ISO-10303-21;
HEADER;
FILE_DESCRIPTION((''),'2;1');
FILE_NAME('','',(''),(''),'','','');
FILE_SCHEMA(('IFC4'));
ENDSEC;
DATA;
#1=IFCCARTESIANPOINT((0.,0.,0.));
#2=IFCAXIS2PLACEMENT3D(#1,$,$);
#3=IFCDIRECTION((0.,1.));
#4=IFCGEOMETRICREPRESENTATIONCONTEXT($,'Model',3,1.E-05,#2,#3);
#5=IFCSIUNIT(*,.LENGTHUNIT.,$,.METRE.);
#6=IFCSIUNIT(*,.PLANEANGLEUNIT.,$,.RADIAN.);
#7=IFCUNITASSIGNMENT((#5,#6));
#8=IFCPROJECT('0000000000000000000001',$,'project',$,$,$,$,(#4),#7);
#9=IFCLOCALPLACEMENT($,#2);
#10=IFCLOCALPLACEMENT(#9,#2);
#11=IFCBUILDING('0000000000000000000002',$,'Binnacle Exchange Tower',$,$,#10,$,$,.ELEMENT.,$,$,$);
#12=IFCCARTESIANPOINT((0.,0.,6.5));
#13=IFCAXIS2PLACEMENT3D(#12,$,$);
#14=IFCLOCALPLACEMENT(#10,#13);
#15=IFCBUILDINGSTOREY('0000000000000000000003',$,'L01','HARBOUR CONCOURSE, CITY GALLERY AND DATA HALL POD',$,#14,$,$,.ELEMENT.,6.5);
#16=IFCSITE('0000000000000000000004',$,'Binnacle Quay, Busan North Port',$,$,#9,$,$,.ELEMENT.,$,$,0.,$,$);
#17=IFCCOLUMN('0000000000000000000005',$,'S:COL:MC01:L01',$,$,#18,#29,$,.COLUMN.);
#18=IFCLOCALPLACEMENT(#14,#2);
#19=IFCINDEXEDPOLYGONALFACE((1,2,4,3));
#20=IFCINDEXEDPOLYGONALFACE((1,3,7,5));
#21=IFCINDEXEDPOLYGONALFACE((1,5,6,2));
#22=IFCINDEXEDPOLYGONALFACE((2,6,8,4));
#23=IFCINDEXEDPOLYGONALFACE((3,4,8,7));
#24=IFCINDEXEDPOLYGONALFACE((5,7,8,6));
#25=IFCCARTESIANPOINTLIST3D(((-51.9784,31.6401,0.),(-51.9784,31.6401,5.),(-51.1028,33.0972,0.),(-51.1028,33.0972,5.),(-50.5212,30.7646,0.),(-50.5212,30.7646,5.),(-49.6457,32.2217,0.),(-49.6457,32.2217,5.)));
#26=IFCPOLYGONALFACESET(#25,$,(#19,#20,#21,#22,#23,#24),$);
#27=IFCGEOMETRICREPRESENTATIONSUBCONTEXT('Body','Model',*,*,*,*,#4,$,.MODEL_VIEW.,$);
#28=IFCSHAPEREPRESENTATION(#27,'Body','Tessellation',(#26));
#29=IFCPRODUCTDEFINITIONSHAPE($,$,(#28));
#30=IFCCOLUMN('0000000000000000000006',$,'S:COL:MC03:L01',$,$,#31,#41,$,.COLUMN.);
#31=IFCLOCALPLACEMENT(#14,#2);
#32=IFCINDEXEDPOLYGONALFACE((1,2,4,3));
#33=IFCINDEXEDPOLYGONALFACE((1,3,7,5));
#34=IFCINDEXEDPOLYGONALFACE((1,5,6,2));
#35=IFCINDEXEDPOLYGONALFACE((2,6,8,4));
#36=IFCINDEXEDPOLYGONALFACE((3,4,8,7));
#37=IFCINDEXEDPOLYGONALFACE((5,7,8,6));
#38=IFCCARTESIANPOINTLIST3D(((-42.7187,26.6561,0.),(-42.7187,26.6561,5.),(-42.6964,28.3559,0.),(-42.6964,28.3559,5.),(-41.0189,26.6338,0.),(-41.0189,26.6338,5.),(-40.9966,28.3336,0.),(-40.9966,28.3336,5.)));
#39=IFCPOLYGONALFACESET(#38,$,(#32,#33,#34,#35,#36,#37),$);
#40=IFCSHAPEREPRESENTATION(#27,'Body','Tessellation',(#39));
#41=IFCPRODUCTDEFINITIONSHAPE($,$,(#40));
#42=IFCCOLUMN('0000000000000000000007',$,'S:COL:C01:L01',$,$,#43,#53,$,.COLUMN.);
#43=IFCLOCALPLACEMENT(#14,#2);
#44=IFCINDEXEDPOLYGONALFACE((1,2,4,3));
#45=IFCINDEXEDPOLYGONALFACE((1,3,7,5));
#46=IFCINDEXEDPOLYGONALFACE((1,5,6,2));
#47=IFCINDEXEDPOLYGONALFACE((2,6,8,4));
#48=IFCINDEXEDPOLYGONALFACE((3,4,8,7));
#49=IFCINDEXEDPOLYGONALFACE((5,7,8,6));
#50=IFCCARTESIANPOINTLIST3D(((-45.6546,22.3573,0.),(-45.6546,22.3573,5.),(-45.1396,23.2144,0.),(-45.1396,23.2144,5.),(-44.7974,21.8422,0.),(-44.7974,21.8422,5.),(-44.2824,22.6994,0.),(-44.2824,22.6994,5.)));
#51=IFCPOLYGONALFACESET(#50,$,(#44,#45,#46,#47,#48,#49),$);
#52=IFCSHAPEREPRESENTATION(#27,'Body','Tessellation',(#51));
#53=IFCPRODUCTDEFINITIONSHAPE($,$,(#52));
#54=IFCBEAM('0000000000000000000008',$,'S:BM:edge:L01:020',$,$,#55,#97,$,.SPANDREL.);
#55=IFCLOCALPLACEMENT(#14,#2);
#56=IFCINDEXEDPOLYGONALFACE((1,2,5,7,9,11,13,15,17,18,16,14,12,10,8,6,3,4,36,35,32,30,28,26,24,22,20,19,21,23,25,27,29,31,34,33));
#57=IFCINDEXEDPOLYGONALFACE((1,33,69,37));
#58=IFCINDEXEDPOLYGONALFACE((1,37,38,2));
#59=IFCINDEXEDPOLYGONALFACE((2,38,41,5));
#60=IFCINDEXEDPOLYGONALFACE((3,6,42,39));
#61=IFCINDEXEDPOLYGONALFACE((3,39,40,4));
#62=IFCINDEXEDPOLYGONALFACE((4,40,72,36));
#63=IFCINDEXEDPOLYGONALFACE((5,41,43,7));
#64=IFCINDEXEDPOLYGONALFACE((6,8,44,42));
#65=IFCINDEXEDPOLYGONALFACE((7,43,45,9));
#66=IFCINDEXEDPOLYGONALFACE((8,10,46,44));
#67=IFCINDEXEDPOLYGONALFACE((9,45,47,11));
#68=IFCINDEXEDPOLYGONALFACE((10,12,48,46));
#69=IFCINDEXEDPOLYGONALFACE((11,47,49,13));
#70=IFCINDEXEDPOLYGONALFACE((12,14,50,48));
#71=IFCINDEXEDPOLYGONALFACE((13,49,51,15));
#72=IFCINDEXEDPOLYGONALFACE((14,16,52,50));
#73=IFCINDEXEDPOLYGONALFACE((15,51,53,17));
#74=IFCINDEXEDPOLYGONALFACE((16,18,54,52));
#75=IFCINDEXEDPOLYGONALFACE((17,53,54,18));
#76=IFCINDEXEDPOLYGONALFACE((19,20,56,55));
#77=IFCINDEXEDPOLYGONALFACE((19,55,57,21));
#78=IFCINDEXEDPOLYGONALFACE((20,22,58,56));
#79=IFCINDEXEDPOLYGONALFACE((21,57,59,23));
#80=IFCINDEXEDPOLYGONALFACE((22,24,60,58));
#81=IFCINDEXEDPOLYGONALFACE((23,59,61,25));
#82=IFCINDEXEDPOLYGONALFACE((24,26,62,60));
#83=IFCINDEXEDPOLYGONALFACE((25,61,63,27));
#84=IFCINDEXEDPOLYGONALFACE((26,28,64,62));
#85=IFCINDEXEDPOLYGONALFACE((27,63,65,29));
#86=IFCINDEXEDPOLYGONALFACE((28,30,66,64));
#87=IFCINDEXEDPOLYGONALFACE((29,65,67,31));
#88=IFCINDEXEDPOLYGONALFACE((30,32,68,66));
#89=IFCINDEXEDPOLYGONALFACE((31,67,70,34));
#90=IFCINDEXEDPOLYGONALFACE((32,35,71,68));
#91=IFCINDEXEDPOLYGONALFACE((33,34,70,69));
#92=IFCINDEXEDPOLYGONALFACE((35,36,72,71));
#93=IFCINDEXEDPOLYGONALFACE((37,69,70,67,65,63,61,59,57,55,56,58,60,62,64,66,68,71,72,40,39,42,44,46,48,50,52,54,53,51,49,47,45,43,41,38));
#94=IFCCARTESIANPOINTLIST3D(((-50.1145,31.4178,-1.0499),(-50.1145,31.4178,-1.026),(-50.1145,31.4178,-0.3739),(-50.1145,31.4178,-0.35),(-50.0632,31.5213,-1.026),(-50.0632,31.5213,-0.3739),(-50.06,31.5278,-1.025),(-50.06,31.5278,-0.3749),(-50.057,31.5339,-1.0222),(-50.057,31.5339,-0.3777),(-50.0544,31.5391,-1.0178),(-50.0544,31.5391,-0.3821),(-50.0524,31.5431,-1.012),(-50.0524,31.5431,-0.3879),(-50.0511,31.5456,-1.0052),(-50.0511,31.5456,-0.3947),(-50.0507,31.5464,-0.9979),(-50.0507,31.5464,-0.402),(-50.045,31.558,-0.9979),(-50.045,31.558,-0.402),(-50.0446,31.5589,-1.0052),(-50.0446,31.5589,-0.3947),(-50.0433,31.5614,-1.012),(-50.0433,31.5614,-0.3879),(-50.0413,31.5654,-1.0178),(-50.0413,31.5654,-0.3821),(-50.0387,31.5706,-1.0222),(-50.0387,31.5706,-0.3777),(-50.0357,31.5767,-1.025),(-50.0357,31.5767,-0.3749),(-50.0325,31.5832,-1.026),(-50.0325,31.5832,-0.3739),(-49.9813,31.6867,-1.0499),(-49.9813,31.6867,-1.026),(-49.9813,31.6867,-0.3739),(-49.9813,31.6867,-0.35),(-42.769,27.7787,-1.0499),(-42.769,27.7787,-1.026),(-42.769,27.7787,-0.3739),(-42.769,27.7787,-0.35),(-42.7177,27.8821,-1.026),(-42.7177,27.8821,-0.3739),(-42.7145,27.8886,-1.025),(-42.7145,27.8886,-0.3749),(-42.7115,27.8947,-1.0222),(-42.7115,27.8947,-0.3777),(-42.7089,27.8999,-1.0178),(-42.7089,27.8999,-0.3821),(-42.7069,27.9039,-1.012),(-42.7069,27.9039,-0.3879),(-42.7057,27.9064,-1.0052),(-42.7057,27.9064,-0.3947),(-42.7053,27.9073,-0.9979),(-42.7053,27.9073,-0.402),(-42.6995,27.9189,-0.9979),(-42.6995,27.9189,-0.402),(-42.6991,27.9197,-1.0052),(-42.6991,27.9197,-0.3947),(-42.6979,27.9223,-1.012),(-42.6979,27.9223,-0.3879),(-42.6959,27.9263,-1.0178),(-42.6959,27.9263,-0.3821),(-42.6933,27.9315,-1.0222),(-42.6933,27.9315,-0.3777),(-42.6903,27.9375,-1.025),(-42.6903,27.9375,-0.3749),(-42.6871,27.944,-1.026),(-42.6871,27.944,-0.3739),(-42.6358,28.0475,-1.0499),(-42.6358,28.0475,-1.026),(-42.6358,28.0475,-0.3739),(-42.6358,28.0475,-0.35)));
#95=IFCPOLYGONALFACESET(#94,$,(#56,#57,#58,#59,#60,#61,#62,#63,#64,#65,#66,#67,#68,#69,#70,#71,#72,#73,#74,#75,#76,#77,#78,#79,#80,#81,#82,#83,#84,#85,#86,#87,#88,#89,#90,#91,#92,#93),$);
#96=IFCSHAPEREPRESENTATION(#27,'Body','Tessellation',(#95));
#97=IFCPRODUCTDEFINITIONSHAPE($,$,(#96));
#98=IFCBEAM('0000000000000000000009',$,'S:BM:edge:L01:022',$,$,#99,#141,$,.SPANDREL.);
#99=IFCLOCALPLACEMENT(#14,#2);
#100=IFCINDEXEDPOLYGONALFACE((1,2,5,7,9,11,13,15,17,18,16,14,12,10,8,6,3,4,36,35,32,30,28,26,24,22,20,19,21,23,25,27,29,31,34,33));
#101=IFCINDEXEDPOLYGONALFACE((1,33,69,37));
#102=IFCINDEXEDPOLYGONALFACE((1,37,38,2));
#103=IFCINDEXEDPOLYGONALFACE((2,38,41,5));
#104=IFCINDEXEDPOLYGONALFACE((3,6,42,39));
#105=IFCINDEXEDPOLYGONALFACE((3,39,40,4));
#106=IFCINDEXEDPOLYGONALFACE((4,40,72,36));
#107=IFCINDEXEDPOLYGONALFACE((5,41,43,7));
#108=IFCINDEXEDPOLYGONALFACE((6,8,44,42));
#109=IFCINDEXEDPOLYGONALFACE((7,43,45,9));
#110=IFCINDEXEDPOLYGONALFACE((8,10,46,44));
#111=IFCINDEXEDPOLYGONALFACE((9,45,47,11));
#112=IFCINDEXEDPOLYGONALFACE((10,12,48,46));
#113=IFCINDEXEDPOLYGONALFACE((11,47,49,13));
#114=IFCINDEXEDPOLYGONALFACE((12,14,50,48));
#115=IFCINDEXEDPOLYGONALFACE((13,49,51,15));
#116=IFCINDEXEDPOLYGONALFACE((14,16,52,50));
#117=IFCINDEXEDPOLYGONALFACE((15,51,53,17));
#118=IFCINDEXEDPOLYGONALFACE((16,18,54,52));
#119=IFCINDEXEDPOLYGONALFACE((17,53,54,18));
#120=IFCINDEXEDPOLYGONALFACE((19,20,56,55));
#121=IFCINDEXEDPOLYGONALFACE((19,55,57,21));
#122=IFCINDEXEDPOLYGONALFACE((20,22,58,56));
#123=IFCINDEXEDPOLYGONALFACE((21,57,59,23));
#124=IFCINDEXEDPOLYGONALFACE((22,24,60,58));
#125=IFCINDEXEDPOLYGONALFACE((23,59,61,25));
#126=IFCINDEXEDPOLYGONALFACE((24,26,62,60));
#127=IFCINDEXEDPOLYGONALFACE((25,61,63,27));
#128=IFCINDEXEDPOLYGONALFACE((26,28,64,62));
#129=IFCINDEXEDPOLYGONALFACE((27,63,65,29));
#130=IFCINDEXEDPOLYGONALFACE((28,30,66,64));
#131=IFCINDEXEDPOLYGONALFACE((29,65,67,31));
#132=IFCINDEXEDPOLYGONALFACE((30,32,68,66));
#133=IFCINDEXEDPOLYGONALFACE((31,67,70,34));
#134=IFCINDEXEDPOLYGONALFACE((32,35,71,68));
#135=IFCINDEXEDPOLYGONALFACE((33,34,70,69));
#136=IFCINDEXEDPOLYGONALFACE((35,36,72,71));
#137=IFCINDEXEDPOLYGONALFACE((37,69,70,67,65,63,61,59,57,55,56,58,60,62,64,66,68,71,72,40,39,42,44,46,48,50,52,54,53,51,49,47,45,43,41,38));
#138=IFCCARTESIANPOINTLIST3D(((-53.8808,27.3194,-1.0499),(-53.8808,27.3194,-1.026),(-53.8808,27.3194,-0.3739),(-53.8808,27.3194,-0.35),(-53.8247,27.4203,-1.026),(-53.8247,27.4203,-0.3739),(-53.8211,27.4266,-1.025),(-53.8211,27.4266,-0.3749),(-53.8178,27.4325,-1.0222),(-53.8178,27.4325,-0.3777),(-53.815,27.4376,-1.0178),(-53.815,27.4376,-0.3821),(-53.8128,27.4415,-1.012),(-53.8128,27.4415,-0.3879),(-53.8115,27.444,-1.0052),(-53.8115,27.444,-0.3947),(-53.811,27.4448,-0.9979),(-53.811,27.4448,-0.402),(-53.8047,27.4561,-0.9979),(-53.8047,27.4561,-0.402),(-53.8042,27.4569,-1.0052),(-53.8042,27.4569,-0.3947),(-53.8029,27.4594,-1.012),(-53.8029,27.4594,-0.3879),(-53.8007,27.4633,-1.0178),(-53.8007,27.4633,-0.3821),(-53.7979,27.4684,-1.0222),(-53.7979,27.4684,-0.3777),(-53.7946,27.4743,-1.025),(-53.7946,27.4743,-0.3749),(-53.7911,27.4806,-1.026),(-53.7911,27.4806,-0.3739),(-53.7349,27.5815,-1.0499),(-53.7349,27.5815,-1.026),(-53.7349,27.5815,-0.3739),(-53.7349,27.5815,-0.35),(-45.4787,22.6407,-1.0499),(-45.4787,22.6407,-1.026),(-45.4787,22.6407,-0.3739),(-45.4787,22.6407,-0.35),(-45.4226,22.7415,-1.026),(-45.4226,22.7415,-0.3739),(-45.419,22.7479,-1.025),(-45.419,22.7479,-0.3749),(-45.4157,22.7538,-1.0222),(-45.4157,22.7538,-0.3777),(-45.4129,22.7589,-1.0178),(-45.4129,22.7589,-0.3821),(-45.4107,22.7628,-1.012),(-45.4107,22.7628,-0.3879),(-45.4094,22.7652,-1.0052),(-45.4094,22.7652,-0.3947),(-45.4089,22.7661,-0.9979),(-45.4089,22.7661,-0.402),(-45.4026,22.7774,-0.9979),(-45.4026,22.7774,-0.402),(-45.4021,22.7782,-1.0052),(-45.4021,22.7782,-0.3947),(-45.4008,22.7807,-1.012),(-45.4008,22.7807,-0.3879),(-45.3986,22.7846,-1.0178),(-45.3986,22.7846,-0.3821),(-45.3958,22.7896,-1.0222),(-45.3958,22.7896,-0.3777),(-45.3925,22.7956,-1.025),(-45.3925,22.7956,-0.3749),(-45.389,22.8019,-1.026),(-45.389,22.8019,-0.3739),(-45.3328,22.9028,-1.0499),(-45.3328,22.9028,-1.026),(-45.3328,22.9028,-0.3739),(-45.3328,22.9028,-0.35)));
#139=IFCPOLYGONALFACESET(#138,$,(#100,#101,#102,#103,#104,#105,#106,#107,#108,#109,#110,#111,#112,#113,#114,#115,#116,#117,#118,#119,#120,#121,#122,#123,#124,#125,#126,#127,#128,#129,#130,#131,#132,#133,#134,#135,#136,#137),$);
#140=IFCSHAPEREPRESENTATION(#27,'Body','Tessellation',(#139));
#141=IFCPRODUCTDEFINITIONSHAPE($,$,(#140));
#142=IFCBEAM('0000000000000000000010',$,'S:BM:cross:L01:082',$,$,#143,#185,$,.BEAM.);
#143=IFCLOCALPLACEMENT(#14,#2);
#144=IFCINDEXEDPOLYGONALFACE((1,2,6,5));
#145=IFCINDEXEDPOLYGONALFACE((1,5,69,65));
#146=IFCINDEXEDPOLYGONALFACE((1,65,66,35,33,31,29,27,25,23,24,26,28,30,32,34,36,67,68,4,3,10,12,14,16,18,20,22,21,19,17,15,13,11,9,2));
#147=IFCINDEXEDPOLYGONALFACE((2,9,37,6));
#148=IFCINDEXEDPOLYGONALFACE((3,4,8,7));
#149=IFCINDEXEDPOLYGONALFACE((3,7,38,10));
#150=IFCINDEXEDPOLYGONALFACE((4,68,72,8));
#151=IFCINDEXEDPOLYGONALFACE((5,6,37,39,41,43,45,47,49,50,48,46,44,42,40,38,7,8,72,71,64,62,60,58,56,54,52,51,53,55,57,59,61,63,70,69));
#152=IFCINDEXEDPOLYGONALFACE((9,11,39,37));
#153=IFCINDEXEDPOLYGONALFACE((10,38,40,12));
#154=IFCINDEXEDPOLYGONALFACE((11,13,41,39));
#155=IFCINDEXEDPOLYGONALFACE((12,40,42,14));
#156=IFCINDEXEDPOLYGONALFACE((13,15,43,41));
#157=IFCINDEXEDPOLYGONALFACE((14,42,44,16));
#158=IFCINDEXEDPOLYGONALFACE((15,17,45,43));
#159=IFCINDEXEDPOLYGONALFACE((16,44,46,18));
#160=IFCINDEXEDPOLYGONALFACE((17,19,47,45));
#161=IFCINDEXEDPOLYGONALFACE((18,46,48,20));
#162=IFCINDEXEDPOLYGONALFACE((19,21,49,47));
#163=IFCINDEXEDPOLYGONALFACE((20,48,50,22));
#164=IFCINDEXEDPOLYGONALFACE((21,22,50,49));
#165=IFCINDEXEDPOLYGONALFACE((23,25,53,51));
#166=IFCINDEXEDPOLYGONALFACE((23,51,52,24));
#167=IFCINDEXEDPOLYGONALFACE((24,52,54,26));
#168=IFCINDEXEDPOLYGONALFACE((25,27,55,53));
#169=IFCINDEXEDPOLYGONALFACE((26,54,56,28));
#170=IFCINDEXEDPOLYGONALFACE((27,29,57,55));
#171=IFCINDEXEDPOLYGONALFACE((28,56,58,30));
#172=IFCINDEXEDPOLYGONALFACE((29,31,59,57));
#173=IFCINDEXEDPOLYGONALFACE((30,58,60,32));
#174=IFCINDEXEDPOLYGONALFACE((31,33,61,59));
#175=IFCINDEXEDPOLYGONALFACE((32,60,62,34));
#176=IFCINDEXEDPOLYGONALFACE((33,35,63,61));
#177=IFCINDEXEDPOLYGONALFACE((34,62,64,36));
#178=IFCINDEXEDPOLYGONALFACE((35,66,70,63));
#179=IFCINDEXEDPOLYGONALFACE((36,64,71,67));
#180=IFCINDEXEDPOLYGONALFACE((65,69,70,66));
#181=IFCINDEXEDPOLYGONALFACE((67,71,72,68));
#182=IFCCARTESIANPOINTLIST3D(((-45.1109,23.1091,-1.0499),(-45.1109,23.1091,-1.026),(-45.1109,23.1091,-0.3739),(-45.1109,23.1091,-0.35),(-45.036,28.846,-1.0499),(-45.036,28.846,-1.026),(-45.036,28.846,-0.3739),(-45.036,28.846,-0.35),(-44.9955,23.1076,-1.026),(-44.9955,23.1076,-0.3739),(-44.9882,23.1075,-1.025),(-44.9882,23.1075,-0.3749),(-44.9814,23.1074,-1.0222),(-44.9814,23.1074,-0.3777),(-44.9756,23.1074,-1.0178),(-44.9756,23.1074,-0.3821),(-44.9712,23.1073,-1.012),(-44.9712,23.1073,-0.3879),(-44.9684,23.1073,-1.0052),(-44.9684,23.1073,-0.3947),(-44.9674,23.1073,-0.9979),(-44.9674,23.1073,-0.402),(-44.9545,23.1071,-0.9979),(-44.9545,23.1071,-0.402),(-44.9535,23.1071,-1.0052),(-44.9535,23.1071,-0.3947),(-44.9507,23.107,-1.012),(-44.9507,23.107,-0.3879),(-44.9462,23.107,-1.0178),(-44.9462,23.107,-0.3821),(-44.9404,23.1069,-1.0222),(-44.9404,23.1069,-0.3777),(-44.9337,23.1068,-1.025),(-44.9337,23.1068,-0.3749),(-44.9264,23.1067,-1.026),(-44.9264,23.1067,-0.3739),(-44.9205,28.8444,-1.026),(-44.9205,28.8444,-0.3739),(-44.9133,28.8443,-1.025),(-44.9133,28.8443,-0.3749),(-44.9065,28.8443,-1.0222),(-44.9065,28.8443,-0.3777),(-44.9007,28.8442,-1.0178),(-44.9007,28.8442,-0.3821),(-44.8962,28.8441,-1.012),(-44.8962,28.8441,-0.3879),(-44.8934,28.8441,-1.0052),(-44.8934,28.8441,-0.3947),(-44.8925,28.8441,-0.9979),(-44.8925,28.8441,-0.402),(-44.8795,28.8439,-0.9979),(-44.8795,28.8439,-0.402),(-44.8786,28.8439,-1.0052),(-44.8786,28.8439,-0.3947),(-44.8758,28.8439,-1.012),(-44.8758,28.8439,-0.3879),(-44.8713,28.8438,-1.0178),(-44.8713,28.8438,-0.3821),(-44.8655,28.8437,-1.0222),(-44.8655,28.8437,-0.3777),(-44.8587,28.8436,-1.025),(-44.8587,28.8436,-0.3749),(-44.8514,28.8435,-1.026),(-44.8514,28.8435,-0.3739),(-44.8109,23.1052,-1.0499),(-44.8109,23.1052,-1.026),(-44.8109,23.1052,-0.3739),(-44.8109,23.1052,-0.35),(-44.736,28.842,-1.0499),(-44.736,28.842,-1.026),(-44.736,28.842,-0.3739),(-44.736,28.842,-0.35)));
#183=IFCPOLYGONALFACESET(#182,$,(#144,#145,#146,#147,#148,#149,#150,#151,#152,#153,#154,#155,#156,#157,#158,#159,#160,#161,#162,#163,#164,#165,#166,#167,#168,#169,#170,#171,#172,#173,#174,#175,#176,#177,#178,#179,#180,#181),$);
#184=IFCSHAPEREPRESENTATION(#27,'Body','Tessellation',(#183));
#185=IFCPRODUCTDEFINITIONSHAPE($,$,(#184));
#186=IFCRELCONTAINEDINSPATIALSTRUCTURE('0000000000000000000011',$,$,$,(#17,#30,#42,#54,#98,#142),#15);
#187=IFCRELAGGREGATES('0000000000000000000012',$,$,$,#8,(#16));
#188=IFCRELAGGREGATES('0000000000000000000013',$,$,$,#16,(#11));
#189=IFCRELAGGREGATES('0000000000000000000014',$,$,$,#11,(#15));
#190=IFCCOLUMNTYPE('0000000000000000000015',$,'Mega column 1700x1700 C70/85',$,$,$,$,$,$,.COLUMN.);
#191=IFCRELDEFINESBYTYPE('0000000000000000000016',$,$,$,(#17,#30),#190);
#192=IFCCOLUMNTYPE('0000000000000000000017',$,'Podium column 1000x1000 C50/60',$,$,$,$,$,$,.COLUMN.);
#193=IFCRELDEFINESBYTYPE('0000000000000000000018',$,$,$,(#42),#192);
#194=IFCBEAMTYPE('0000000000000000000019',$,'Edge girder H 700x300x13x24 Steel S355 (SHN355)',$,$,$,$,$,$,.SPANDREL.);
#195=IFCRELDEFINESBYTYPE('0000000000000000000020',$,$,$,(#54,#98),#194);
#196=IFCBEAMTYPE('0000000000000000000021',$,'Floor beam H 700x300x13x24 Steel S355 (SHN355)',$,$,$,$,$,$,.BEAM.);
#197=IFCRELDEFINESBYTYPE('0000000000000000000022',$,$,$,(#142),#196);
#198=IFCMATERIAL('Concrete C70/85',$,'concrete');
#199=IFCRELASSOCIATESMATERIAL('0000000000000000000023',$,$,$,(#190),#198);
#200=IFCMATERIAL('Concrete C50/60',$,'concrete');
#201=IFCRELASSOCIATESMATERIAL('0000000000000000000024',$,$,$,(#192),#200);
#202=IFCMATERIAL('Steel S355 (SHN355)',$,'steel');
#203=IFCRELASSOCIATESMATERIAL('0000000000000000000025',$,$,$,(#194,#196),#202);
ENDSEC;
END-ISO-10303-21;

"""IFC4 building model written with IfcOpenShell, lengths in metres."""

from ifc_helpers import new_model, si_unit, direction, frame, origin, origin_2d, place, context, subcontext, project, spatial, rectangle, i_section, extrude, material, material_profile, profile_set, type_object, element, save


model = new_model("IFC4")

# Units and contexts
model_context = context("Model", 3, precision=1e-05, world=origin(), true_north=direction((0.0, 1.0)))
body_context = subcontext(model_context, "Body", "Model", "MODEL_VIEW")
ifc_project = project(units=[si_unit("LENGTHUNIT", "METRE"), si_unit("PLANEANGLEUNIT", "RADIAN")], contexts=[model_context])

# Site, building, storey
site_placement = place(None, origin())
site = spatial("IfcSite", under=ifc_project, at=site_placement, Name="Binnacle Quay, Busan North Port", CompositionType="ELEMENT", RefElevation=0.0)
building_placement = place(site_placement, origin())
building = spatial("IfcBuilding", under=site, at=building_placement, Name="Binnacle Exchange Tower", CompositionType="ELEMENT")
storey_placement = place(building_placement, frame((0.0, 0.0, 6.5)))
storey = spatial("IfcBuildingStorey", under=building, at=storey_placement, Name="L01", Description="HARBOUR CONCOURSE, CITY GALLERY AND DATA HALL POD", CompositionType="ELEMENT", Elevation=6.5)

# Columns
ifc_material_1 = material(Name="Concrete C70/85", Category="concrete")
ifc_material_profile_1 = material_profile(ifc_material_1, rectangle(XDim=1.7, YDim=1.7, at=origin_2d()), Name="Mega column 1700x1700 C70/85")
ifc_profile_set_1 = profile_set([ifc_material_profile_1], Name="Concrete C70/85")
column_type_1 = type_object("IfcColumnType", Name="Mega column 1700x1700 C70/85", PredefinedType="COLUMN", material=ifc_profile_set_1)
for number, where, z_axis, x_axis, name in (
    (1, (-50.812, 31.9309, 0.0), (0.0, 0.0, 1.0), (0.857167, -0.515038, 0.0), "S:COL:MC01:L01"),
    (2, (-41.8577, 27.4949, 0.0), (0.0, 0.0, 1.0), (0.999914, -0.01309, 0.0), "S:COL:MC03:L01"),
):
    element("IfcColumn", number, at=place(storey_placement, frame(where, z_axis=z_axis, x_axis=x_axis)), inside=storey, type_object=column_type_1, Name=name, PredefinedType="COLUMN", context=body_context, shape_type="SweptSolid", body=[
        extrude(rectangle(XDim=1.7, YDim=1.7, at=origin_2d()), origin(), (0.0, 0.0, 1.0), 5.0),
    ])
ifc_material_2 = material(Name="Concrete C50/60", Category="concrete")
ifc_material_profile_2 = material_profile(ifc_material_2, rectangle(XDim=1.0, YDim=1.0, at=origin_2d()), Name="Podium column 1000x1000 C50/60")
ifc_profile_set_2 = profile_set([ifc_material_profile_2], Name="Concrete C50/60")
column_type_2 = type_object("IfcColumnType", Name="Podium column 1000x1000 C50/60", PredefinedType="COLUMN", material=ifc_profile_set_2)
column_placement = place(storey_placement, frame((-44.9685, 22.5283, 0.0), z_axis=(0.0, 0.0, 1.0), x_axis=(0.857167, -0.515038, 0.0)))
element("IfcColumn", 3, at=column_placement, inside=storey, type_object=column_type_2, Name="S:COL:C01:L01", PredefinedType="COLUMN", context=body_context, shape_type="SweptSolid", body=[
    extrude(rectangle(XDim=1.0, YDim=1.0, at=origin_2d()), origin(), (0.0, 0.0, 1.0), 5.0),
])

# Beams
ifc_material_3 = material(Name="Steel S355 (SHN355)", Category="steel")
ifc_material_profile_3 = material_profile(ifc_material_3, i_section(OverallWidth=0.3, OverallDepth=0.7, WebThickness=0.0129, FlangeThickness=0.0239, FilletRadius=0.0281, at=origin_2d()), Name="H 700x300x13x24")
ifc_profile_set_3 = profile_set([ifc_material_profile_3], Name="Steel S355 (SHN355)")
beam_type_1 = type_object("IfcBeamType", Name="Edge girder H 700x300x13x24 Steel S355 (SHN355)", PredefinedType="SPANDREL", material=ifc_profile_set_3)
beam_1_placement = place(storey_placement, frame((-50.0479, 31.5522, -0.7), z_axis=(0.896059, -0.443935, 0.0), x_axis=(0.443935, 0.896059, 0.0)))
element("IfcBeam", 4, at=beam_1_placement, inside=storey, type_object=beam_type_1, Name="S:BM:edge:L01:020", PredefinedType="SPANDREL", context=body_context, shape_type="SweptSolid", body=[
    extrude(i_section(OverallWidth=0.3, OverallDepth=0.7, WebThickness=0.0129, FlangeThickness=0.0239, FilletRadius=0.0281, at=origin_2d()), origin(), (0.0, 0.0, 1.0), 8.1975),
])
beam_2_placement = place(storey_placement, frame((-45.4058, 22.7717, -0.7), z_axis=(-0.873677, 0.486507, 0.0), x_axis=(-0.486507, -0.873677, 0.0)))
element("IfcBeam", 5, at=beam_2_placement, inside=storey, type_object=beam_type_1, Name="S:BM:edge:L01:022", PredefinedType="SPANDREL", context=body_context, shape_type="SweptSolid", body=[
    extrude(i_section(OverallWidth=0.3, OverallDepth=0.7, WebThickness=0.0129, FlangeThickness=0.0239, FilletRadius=0.0281, at=origin_2d()), origin(), (0.0, 0.0, 1.0), 9.6169),
])
ifc_material_profile_4 = material_profile(ifc_material_3, i_section(OverallWidth=0.3, OverallDepth=0.7, WebThickness=0.0129, FlangeThickness=0.0239, FilletRadius=0.0281, at=origin_2d()), Name="H 700x300x13x24")
ifc_profile_set_4 = profile_set([ifc_material_profile_4], Name="Steel S355 (SHN355)")
beam_type_2 = type_object("IfcBeamType", Name="Floor beam H 700x300x13x24 Steel S355 (SHN355)", PredefinedType="BEAM", material=ifc_profile_set_4)
beam_3_placement = place(storey_placement, frame((-44.9609, 23.1072, -0.7), z_axis=(0.013064, 0.999915, 0.0), x_axis=(-0.999915, 0.013064, 0.0)))
element("IfcBeam", 6, at=beam_3_placement, inside=storey, type_object=beam_type_2, Name="S:BM:cross:L01:082", PredefinedType="BEAM", context=body_context, shape_type="SweptSolid", body=[
    extrude(i_section(OverallWidth=0.3, OverallDepth=0.7, WebThickness=0.0129, FlangeThickness=0.0239, FilletRadius=0.0281, at=origin_2d()), origin(), (0.0, 0.0, 1.0), 5.7373),
])

save(model, "model.ifc")
